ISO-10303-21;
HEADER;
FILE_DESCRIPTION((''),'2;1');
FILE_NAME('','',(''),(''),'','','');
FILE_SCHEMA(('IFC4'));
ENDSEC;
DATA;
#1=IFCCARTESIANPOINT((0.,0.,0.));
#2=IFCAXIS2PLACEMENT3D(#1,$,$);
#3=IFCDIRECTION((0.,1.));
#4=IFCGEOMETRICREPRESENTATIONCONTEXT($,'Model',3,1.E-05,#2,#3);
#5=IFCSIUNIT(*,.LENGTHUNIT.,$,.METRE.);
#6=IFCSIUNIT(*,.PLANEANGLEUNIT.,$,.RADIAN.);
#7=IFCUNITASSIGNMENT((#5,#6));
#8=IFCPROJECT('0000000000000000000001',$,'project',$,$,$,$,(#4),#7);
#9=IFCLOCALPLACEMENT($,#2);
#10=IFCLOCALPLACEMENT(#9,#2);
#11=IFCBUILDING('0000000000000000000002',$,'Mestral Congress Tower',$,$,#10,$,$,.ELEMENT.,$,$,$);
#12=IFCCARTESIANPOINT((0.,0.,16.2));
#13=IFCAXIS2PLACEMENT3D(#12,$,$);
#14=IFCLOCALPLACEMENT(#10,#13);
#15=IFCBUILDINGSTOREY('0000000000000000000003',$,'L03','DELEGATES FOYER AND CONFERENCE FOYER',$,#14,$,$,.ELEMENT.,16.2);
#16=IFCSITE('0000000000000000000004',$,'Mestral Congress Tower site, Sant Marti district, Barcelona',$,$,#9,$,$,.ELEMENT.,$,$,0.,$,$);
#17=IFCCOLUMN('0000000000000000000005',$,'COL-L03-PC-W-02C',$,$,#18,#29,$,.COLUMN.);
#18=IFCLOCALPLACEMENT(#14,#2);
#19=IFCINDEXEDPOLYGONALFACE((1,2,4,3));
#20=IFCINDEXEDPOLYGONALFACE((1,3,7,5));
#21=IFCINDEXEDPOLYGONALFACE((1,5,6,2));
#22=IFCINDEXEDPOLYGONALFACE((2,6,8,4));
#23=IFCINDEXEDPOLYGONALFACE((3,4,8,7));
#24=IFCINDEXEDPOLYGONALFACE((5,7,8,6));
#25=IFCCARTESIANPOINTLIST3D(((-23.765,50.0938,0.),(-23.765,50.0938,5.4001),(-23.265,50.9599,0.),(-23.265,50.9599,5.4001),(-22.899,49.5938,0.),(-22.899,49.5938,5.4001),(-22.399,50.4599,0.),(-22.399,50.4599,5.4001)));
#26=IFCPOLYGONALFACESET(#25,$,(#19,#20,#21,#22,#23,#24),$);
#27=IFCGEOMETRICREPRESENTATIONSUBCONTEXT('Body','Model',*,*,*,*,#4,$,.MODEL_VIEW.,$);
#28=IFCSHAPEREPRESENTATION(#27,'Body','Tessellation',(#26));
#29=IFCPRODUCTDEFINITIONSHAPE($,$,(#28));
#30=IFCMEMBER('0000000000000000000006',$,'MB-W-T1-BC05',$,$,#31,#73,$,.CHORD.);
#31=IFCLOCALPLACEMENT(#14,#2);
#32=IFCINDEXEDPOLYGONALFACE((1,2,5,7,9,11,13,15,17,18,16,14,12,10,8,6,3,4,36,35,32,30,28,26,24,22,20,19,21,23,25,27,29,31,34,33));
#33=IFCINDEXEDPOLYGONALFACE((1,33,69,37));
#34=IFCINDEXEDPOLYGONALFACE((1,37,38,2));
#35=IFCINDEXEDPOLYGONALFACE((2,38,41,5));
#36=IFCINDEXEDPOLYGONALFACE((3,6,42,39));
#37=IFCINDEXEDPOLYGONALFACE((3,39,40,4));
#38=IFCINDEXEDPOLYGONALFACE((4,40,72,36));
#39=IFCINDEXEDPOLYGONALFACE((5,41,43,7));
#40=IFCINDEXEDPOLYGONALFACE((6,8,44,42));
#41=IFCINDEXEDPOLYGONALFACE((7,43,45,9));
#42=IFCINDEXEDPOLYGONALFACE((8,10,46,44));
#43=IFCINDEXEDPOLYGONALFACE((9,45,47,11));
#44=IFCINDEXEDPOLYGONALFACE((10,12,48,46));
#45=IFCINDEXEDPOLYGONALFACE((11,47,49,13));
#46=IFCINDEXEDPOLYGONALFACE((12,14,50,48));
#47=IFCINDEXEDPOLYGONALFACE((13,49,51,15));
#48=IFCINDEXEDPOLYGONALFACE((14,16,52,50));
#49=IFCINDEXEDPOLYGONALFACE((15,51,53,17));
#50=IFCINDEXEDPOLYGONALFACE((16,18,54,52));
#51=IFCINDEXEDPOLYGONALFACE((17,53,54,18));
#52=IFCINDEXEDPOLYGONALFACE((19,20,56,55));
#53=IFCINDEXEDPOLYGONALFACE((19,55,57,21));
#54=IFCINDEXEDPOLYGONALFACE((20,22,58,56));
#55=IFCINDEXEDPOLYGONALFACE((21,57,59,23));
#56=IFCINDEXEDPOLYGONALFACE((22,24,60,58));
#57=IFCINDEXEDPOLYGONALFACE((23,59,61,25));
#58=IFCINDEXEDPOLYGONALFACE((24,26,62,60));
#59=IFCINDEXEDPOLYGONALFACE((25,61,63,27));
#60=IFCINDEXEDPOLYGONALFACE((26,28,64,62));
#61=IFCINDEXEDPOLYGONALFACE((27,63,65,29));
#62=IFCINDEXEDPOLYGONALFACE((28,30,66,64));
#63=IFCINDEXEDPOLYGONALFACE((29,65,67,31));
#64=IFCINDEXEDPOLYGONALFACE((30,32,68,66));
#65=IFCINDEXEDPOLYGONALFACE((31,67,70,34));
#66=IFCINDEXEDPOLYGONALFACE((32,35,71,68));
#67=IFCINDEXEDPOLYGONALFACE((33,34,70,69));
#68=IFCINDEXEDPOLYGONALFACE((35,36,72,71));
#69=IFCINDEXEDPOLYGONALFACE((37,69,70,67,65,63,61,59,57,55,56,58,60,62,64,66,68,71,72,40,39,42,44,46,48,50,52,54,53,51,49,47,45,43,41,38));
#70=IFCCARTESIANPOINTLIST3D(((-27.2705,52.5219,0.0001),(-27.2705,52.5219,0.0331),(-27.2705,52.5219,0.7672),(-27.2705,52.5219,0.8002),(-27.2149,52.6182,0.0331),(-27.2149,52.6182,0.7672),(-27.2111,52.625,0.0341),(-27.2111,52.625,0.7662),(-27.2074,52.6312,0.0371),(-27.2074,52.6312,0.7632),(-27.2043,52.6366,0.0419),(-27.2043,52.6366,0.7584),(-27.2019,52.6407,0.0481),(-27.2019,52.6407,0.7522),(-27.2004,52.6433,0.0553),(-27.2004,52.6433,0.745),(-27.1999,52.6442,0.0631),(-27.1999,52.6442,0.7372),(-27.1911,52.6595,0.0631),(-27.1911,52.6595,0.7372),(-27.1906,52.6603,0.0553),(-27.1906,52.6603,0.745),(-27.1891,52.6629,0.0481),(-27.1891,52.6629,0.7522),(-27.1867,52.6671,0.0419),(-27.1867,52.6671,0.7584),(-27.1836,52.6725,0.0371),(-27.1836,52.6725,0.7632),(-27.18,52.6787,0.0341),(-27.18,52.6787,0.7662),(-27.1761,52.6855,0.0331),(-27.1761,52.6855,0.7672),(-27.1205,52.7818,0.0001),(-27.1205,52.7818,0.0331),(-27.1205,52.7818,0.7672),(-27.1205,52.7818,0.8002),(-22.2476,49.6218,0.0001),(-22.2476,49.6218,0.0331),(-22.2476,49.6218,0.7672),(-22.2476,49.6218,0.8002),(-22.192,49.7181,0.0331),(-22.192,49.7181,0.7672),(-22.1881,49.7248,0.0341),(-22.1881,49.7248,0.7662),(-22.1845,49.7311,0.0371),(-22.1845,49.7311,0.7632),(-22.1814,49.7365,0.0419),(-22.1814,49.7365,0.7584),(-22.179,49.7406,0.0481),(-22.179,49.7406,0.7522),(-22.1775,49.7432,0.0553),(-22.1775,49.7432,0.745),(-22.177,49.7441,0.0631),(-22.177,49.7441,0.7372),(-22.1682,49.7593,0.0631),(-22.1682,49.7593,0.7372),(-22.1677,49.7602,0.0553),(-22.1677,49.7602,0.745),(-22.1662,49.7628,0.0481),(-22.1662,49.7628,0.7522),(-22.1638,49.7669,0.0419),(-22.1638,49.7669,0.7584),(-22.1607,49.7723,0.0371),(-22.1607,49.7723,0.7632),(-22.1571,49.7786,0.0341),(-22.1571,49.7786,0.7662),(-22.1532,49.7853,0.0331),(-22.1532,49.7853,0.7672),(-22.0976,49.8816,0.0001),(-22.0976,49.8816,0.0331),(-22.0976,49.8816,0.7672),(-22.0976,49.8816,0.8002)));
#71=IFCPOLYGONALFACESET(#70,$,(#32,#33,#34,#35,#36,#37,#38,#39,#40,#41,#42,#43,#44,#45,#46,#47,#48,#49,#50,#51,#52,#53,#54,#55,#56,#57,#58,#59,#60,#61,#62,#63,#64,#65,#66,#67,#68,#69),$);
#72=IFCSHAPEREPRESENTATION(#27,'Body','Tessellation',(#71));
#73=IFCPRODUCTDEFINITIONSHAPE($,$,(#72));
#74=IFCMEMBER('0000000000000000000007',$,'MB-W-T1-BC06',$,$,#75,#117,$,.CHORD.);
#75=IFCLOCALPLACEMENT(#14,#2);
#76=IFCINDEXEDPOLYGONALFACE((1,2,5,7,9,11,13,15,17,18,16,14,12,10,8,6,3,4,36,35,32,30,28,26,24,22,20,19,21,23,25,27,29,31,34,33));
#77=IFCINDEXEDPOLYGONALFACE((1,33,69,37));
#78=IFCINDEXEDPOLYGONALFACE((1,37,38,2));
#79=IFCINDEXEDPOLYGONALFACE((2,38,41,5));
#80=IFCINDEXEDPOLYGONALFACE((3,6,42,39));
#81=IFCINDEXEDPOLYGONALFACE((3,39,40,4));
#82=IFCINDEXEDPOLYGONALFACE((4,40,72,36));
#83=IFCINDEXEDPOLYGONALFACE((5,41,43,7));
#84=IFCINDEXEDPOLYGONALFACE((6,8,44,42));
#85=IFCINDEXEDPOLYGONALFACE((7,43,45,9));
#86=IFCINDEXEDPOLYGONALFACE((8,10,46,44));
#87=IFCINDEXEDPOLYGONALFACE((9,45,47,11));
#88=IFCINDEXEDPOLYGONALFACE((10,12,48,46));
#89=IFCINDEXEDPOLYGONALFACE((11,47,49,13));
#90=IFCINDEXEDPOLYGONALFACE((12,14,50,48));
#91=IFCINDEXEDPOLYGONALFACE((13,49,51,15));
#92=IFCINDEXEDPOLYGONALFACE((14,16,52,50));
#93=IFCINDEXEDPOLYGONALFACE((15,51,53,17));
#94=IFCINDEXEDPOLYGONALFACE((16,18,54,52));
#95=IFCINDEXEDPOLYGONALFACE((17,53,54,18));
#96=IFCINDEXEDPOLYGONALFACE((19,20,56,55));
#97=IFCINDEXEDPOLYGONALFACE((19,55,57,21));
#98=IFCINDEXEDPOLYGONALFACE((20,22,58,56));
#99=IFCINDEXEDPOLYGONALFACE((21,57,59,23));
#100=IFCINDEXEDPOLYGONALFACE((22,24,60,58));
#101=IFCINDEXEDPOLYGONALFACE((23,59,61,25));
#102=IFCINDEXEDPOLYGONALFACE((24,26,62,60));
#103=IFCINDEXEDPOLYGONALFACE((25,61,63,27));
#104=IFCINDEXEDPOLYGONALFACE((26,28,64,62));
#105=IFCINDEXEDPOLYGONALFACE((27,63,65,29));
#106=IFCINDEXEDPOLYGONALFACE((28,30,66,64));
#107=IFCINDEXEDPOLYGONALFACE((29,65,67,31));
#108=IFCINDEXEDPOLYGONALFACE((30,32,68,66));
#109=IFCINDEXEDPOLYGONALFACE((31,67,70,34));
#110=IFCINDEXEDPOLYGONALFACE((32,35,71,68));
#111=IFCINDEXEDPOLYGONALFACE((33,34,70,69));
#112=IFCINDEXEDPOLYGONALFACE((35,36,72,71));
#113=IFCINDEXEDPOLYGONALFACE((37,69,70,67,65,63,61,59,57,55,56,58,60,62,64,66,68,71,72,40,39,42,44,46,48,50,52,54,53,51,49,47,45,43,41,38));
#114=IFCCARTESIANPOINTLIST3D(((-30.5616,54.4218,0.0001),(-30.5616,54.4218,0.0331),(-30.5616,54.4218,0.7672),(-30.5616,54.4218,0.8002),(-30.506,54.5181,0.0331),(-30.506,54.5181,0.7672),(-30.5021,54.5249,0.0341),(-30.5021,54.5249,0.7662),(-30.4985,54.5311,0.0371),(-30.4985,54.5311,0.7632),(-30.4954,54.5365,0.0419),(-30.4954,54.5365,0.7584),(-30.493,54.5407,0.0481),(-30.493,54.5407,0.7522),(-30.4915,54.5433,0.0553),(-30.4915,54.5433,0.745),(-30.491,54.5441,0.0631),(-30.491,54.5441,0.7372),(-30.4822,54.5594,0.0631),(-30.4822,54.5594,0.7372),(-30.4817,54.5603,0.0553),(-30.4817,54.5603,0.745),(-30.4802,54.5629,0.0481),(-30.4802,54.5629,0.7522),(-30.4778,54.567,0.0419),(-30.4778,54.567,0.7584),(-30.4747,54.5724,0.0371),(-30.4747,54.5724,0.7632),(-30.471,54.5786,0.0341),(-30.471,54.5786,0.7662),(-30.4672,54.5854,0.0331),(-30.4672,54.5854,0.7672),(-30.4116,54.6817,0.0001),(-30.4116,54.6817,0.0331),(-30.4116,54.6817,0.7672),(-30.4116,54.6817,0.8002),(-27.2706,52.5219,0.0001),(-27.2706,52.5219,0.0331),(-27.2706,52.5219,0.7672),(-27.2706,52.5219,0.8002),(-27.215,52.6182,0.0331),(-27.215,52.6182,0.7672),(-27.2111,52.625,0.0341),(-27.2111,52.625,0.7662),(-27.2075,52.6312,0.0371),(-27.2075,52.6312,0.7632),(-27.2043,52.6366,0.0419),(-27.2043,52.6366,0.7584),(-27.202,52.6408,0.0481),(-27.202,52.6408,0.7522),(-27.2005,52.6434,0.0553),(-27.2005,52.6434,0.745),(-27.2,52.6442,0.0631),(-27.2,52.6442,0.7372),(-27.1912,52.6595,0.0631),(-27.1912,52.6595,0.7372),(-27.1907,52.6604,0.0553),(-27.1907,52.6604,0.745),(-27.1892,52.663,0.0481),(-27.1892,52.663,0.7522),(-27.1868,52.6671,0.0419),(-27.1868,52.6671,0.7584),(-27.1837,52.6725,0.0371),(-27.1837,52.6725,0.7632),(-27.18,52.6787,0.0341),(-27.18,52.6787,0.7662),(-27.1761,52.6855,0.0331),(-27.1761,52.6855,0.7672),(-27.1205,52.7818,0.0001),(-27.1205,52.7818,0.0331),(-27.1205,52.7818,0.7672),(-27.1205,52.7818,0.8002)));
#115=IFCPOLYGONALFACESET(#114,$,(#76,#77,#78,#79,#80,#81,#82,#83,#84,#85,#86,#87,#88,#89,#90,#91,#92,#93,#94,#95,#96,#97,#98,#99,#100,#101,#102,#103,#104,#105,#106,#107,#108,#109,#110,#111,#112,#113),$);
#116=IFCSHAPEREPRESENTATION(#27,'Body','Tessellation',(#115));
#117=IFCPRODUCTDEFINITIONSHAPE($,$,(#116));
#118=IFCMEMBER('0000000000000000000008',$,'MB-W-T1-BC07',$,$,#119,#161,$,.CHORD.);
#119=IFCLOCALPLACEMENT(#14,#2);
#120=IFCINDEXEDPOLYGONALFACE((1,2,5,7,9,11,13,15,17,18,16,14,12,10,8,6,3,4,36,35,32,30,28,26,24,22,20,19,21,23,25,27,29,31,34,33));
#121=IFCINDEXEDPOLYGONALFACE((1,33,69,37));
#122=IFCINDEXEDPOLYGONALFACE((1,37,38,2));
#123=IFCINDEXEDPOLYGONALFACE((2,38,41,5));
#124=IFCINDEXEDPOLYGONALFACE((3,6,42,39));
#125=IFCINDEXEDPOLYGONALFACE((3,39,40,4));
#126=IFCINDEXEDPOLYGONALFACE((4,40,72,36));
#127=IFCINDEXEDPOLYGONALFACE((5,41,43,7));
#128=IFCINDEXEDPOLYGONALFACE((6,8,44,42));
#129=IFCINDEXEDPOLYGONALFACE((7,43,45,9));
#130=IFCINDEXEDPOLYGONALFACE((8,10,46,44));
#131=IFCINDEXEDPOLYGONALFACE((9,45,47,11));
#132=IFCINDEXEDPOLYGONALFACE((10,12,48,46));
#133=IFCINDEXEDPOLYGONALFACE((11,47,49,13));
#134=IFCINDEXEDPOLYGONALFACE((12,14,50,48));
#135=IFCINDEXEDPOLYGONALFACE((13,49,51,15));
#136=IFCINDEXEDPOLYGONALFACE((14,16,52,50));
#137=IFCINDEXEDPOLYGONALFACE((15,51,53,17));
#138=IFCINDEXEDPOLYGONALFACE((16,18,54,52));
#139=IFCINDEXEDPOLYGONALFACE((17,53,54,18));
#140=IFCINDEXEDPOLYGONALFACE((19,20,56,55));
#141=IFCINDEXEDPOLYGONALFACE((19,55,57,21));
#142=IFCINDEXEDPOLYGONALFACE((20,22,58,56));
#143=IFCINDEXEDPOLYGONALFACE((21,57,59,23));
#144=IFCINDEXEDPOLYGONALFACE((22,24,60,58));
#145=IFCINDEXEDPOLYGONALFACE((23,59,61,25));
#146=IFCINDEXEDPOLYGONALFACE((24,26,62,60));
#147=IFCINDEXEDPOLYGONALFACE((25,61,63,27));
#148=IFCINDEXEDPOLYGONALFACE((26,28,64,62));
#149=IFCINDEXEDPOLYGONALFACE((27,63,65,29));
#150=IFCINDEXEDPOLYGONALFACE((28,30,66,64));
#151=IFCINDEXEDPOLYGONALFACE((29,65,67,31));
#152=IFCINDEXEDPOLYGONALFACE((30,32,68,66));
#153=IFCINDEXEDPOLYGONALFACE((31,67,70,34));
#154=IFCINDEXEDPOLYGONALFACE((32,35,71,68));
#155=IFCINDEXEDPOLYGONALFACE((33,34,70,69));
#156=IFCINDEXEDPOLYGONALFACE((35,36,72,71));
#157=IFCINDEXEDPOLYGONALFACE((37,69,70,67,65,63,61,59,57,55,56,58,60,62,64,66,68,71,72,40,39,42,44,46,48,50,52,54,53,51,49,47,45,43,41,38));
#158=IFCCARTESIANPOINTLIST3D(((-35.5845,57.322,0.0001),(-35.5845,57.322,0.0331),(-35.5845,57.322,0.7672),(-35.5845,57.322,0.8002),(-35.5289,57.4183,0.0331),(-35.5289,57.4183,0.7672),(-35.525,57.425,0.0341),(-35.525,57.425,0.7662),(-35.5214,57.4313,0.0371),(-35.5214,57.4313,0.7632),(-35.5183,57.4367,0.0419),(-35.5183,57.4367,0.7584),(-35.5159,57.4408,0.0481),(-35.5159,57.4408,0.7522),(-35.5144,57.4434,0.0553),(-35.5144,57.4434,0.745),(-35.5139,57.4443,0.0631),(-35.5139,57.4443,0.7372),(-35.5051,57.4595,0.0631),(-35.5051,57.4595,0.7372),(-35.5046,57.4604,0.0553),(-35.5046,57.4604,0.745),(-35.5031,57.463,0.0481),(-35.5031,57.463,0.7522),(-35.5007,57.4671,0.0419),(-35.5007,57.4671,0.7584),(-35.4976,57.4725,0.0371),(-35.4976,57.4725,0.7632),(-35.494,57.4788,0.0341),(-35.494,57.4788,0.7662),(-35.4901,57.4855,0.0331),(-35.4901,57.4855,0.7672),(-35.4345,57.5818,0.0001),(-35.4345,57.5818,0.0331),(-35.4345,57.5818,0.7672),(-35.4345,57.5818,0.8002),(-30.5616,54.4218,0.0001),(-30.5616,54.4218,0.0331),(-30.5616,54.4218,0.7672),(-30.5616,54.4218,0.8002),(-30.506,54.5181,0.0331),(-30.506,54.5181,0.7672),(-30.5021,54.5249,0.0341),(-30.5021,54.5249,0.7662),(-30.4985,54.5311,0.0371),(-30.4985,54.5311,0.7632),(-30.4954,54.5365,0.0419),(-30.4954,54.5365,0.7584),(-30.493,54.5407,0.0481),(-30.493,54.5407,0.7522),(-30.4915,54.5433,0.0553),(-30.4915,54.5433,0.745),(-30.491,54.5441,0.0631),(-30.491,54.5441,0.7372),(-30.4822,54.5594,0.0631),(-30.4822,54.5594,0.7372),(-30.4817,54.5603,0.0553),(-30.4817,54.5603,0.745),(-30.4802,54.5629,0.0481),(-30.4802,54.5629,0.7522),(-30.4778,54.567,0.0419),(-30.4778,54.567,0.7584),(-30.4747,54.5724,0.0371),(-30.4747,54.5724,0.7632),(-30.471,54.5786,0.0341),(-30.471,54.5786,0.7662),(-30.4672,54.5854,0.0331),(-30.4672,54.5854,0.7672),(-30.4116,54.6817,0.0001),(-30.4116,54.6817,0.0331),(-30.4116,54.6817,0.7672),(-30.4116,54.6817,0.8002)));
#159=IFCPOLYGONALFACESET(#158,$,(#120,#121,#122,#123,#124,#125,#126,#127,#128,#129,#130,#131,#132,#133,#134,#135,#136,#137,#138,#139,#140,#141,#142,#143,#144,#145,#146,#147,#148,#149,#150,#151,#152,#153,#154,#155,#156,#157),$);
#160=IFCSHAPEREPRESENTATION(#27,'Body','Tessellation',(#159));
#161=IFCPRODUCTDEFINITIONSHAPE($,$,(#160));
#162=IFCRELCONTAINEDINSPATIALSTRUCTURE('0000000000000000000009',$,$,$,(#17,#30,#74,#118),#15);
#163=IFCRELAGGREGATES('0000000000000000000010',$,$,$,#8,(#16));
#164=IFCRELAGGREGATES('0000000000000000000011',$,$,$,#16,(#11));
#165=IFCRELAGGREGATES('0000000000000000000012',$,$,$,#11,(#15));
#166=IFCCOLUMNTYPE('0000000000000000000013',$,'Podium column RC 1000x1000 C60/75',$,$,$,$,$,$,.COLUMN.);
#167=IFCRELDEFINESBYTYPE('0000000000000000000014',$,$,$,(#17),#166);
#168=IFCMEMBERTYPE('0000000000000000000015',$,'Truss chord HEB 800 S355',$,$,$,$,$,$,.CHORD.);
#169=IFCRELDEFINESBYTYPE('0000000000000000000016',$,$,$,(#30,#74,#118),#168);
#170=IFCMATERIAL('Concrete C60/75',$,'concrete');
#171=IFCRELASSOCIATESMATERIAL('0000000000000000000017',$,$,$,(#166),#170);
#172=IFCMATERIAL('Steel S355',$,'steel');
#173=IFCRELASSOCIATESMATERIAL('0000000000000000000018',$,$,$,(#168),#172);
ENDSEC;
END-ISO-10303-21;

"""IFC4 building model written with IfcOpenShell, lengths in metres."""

from ifc_helpers import new_model, si_unit, direction, frame, origin, origin_2d, place, context, subcontext, project, spatial, rectangle, i_section, extrude, material, material_profile, profile_set, type_object, element, save


model = new_model("IFC4")

# Units and contexts
model_context = context("Model", 3, precision=1e-05, world=origin(), true_north=direction((0.0, 1.0)))
body_context = subcontext(model_context, "Body", "Model", "MODEL_VIEW")
ifc_project = project(units=[si_unit("LENGTHUNIT", "METRE"), si_unit("PLANEANGLEUNIT", "RADIAN")], contexts=[model_context])

# Site, building, storey
site_placement = place(None, origin())
site = spatial("IfcSite", under=ifc_project, at=site_placement, Name="Mestral Congress Tower site, Sant Marti district, Barcelona", CompositionType="ELEMENT", RefElevation=0.0)
building_placement = place(site_placement, origin())
building = spatial("IfcBuilding", under=site, at=building_placement, Name="Mestral Congress Tower", CompositionType="ELEMENT")
storey_placement = place(building_placement, frame((0.0, 0.0, 16.2)))
storey = spatial("IfcBuildingStorey", under=building, at=storey_placement, Name="L03", Description="DELEGATES FOYER AND CONFERENCE FOYER", CompositionType="ELEMENT", Elevation=16.2)

# Column
ifc_material_1 = material(Name="Concrete C60/75", Category="concrete")
ifc_material_profile_1 = material_profile(ifc_material_1, rectangle(XDim=1.0, YDim=1.0, at=origin_2d()), Name="RC 1000x1000")
ifc_profile_set_1 = profile_set([ifc_material_profile_1], Name="Concrete C60/75")
column_type = type_object("IfcColumnType", Name="Podium column RC 1000x1000 C60/75", PredefinedType="COLUMN", material=ifc_profile_set_1)
column_placement = place(storey_placement, frame((-23.082, 50.2769, 0.0), z_axis=(0.0, 0.0, 1.0), x_axis=(-0.5, -0.866025, 0.0)))
element("IfcColumn", 1, at=column_placement, inside=storey, type_object=column_type, Name="COL-L03-PC-W-02C", PredefinedType="COLUMN", context=body_context, shape_type="SweptSolid", body=[
    extrude(rectangle(XDim=1.0, YDim=1.0, at=origin_2d()), origin(), (0.0, 0.0, 1.0), 5.4001),
])

# Members
ifc_material_2 = material(Name="Steel S355", Category="steel")
ifc_material_profile_2 = material_profile(ifc_material_2, i_section(OverallWidth=0.3, OverallDepth=0.8, WebThickness=0.0176, FlangeThickness=0.033, FilletRadius=0.03, at=origin_2d()), Name="HEB 800")
ifc_profile_set_2 = profile_set([ifc_material_profile_2], Name="Steel S355")
member_type_1 = type_object("IfcMemberType", Name="Truss chord HEB 800 S355", PredefinedType="CHORD", material=ifc_profile_set_2)
member_1_placement = place(storey_placement, frame((-22.1726, 49.7517, 0.4001), z_axis=(-0.866015, 0.500019, 0.0), x_axis=(-0.500019, -0.866015, 0.0)))
element("IfcMember", 2, at=member_1_placement, inside=storey, type_object=member_type_1, Name="MB-W-T1-BC05", PredefinedType="CHORD", context=body_context, shape_type="SweptSolid", body=[
    extrude(i_section(OverallWidth=0.3, OverallDepth=0.8, WebThickness=0.0176, FlangeThickness=0.033, FilletRadius=0.03, at=origin_2d()), origin(), (0.0, 0.0, 1.0), 5.8),
])
member_2_placement = place(storey_placement, frame((-27.1956, 52.6519, 0.4001), z_axis=(-0.866044, 0.499967, 0.0), x_axis=(-0.499967, -0.866044, 0.0)))
element("IfcMember", 3, at=member_2_placement, inside=storey, type_object=member_type_1, Name="MB-W-T1-BC06", PredefinedType="CHORD", context=body_context, shape_type="SweptSolid", body=[
    extrude(i_section(OverallWidth=0.3, OverallDepth=0.8, WebThickness=0.0176, FlangeThickness=0.033, FilletRadius=0.03, at=origin_2d()), origin(), (0.0, 0.0, 1.0), 3.8),
])
member_3_placement = place(storey_placement, frame((-30.4866, 54.5518, 0.4001), z_axis=(-0.866015, 0.500019, 0.0), x_axis=(-0.500019, -0.866015, 0.0)))
element("IfcMember", 4, at=member_3_placement, inside=storey, type_object=member_type_1, Name="MB-W-T1-BC07", PredefinedType="CHORD", context=body_context, shape_type="SweptSolid", body=[
    extrude(i_section(OverallWidth=0.3, OverallDepth=0.8, WebThickness=0.0176, FlangeThickness=0.033, FilletRadius=0.03, at=origin_2d()), origin(), (0.0, 0.0, 1.0), 5.8),
])

save(model, "model.ifc")
